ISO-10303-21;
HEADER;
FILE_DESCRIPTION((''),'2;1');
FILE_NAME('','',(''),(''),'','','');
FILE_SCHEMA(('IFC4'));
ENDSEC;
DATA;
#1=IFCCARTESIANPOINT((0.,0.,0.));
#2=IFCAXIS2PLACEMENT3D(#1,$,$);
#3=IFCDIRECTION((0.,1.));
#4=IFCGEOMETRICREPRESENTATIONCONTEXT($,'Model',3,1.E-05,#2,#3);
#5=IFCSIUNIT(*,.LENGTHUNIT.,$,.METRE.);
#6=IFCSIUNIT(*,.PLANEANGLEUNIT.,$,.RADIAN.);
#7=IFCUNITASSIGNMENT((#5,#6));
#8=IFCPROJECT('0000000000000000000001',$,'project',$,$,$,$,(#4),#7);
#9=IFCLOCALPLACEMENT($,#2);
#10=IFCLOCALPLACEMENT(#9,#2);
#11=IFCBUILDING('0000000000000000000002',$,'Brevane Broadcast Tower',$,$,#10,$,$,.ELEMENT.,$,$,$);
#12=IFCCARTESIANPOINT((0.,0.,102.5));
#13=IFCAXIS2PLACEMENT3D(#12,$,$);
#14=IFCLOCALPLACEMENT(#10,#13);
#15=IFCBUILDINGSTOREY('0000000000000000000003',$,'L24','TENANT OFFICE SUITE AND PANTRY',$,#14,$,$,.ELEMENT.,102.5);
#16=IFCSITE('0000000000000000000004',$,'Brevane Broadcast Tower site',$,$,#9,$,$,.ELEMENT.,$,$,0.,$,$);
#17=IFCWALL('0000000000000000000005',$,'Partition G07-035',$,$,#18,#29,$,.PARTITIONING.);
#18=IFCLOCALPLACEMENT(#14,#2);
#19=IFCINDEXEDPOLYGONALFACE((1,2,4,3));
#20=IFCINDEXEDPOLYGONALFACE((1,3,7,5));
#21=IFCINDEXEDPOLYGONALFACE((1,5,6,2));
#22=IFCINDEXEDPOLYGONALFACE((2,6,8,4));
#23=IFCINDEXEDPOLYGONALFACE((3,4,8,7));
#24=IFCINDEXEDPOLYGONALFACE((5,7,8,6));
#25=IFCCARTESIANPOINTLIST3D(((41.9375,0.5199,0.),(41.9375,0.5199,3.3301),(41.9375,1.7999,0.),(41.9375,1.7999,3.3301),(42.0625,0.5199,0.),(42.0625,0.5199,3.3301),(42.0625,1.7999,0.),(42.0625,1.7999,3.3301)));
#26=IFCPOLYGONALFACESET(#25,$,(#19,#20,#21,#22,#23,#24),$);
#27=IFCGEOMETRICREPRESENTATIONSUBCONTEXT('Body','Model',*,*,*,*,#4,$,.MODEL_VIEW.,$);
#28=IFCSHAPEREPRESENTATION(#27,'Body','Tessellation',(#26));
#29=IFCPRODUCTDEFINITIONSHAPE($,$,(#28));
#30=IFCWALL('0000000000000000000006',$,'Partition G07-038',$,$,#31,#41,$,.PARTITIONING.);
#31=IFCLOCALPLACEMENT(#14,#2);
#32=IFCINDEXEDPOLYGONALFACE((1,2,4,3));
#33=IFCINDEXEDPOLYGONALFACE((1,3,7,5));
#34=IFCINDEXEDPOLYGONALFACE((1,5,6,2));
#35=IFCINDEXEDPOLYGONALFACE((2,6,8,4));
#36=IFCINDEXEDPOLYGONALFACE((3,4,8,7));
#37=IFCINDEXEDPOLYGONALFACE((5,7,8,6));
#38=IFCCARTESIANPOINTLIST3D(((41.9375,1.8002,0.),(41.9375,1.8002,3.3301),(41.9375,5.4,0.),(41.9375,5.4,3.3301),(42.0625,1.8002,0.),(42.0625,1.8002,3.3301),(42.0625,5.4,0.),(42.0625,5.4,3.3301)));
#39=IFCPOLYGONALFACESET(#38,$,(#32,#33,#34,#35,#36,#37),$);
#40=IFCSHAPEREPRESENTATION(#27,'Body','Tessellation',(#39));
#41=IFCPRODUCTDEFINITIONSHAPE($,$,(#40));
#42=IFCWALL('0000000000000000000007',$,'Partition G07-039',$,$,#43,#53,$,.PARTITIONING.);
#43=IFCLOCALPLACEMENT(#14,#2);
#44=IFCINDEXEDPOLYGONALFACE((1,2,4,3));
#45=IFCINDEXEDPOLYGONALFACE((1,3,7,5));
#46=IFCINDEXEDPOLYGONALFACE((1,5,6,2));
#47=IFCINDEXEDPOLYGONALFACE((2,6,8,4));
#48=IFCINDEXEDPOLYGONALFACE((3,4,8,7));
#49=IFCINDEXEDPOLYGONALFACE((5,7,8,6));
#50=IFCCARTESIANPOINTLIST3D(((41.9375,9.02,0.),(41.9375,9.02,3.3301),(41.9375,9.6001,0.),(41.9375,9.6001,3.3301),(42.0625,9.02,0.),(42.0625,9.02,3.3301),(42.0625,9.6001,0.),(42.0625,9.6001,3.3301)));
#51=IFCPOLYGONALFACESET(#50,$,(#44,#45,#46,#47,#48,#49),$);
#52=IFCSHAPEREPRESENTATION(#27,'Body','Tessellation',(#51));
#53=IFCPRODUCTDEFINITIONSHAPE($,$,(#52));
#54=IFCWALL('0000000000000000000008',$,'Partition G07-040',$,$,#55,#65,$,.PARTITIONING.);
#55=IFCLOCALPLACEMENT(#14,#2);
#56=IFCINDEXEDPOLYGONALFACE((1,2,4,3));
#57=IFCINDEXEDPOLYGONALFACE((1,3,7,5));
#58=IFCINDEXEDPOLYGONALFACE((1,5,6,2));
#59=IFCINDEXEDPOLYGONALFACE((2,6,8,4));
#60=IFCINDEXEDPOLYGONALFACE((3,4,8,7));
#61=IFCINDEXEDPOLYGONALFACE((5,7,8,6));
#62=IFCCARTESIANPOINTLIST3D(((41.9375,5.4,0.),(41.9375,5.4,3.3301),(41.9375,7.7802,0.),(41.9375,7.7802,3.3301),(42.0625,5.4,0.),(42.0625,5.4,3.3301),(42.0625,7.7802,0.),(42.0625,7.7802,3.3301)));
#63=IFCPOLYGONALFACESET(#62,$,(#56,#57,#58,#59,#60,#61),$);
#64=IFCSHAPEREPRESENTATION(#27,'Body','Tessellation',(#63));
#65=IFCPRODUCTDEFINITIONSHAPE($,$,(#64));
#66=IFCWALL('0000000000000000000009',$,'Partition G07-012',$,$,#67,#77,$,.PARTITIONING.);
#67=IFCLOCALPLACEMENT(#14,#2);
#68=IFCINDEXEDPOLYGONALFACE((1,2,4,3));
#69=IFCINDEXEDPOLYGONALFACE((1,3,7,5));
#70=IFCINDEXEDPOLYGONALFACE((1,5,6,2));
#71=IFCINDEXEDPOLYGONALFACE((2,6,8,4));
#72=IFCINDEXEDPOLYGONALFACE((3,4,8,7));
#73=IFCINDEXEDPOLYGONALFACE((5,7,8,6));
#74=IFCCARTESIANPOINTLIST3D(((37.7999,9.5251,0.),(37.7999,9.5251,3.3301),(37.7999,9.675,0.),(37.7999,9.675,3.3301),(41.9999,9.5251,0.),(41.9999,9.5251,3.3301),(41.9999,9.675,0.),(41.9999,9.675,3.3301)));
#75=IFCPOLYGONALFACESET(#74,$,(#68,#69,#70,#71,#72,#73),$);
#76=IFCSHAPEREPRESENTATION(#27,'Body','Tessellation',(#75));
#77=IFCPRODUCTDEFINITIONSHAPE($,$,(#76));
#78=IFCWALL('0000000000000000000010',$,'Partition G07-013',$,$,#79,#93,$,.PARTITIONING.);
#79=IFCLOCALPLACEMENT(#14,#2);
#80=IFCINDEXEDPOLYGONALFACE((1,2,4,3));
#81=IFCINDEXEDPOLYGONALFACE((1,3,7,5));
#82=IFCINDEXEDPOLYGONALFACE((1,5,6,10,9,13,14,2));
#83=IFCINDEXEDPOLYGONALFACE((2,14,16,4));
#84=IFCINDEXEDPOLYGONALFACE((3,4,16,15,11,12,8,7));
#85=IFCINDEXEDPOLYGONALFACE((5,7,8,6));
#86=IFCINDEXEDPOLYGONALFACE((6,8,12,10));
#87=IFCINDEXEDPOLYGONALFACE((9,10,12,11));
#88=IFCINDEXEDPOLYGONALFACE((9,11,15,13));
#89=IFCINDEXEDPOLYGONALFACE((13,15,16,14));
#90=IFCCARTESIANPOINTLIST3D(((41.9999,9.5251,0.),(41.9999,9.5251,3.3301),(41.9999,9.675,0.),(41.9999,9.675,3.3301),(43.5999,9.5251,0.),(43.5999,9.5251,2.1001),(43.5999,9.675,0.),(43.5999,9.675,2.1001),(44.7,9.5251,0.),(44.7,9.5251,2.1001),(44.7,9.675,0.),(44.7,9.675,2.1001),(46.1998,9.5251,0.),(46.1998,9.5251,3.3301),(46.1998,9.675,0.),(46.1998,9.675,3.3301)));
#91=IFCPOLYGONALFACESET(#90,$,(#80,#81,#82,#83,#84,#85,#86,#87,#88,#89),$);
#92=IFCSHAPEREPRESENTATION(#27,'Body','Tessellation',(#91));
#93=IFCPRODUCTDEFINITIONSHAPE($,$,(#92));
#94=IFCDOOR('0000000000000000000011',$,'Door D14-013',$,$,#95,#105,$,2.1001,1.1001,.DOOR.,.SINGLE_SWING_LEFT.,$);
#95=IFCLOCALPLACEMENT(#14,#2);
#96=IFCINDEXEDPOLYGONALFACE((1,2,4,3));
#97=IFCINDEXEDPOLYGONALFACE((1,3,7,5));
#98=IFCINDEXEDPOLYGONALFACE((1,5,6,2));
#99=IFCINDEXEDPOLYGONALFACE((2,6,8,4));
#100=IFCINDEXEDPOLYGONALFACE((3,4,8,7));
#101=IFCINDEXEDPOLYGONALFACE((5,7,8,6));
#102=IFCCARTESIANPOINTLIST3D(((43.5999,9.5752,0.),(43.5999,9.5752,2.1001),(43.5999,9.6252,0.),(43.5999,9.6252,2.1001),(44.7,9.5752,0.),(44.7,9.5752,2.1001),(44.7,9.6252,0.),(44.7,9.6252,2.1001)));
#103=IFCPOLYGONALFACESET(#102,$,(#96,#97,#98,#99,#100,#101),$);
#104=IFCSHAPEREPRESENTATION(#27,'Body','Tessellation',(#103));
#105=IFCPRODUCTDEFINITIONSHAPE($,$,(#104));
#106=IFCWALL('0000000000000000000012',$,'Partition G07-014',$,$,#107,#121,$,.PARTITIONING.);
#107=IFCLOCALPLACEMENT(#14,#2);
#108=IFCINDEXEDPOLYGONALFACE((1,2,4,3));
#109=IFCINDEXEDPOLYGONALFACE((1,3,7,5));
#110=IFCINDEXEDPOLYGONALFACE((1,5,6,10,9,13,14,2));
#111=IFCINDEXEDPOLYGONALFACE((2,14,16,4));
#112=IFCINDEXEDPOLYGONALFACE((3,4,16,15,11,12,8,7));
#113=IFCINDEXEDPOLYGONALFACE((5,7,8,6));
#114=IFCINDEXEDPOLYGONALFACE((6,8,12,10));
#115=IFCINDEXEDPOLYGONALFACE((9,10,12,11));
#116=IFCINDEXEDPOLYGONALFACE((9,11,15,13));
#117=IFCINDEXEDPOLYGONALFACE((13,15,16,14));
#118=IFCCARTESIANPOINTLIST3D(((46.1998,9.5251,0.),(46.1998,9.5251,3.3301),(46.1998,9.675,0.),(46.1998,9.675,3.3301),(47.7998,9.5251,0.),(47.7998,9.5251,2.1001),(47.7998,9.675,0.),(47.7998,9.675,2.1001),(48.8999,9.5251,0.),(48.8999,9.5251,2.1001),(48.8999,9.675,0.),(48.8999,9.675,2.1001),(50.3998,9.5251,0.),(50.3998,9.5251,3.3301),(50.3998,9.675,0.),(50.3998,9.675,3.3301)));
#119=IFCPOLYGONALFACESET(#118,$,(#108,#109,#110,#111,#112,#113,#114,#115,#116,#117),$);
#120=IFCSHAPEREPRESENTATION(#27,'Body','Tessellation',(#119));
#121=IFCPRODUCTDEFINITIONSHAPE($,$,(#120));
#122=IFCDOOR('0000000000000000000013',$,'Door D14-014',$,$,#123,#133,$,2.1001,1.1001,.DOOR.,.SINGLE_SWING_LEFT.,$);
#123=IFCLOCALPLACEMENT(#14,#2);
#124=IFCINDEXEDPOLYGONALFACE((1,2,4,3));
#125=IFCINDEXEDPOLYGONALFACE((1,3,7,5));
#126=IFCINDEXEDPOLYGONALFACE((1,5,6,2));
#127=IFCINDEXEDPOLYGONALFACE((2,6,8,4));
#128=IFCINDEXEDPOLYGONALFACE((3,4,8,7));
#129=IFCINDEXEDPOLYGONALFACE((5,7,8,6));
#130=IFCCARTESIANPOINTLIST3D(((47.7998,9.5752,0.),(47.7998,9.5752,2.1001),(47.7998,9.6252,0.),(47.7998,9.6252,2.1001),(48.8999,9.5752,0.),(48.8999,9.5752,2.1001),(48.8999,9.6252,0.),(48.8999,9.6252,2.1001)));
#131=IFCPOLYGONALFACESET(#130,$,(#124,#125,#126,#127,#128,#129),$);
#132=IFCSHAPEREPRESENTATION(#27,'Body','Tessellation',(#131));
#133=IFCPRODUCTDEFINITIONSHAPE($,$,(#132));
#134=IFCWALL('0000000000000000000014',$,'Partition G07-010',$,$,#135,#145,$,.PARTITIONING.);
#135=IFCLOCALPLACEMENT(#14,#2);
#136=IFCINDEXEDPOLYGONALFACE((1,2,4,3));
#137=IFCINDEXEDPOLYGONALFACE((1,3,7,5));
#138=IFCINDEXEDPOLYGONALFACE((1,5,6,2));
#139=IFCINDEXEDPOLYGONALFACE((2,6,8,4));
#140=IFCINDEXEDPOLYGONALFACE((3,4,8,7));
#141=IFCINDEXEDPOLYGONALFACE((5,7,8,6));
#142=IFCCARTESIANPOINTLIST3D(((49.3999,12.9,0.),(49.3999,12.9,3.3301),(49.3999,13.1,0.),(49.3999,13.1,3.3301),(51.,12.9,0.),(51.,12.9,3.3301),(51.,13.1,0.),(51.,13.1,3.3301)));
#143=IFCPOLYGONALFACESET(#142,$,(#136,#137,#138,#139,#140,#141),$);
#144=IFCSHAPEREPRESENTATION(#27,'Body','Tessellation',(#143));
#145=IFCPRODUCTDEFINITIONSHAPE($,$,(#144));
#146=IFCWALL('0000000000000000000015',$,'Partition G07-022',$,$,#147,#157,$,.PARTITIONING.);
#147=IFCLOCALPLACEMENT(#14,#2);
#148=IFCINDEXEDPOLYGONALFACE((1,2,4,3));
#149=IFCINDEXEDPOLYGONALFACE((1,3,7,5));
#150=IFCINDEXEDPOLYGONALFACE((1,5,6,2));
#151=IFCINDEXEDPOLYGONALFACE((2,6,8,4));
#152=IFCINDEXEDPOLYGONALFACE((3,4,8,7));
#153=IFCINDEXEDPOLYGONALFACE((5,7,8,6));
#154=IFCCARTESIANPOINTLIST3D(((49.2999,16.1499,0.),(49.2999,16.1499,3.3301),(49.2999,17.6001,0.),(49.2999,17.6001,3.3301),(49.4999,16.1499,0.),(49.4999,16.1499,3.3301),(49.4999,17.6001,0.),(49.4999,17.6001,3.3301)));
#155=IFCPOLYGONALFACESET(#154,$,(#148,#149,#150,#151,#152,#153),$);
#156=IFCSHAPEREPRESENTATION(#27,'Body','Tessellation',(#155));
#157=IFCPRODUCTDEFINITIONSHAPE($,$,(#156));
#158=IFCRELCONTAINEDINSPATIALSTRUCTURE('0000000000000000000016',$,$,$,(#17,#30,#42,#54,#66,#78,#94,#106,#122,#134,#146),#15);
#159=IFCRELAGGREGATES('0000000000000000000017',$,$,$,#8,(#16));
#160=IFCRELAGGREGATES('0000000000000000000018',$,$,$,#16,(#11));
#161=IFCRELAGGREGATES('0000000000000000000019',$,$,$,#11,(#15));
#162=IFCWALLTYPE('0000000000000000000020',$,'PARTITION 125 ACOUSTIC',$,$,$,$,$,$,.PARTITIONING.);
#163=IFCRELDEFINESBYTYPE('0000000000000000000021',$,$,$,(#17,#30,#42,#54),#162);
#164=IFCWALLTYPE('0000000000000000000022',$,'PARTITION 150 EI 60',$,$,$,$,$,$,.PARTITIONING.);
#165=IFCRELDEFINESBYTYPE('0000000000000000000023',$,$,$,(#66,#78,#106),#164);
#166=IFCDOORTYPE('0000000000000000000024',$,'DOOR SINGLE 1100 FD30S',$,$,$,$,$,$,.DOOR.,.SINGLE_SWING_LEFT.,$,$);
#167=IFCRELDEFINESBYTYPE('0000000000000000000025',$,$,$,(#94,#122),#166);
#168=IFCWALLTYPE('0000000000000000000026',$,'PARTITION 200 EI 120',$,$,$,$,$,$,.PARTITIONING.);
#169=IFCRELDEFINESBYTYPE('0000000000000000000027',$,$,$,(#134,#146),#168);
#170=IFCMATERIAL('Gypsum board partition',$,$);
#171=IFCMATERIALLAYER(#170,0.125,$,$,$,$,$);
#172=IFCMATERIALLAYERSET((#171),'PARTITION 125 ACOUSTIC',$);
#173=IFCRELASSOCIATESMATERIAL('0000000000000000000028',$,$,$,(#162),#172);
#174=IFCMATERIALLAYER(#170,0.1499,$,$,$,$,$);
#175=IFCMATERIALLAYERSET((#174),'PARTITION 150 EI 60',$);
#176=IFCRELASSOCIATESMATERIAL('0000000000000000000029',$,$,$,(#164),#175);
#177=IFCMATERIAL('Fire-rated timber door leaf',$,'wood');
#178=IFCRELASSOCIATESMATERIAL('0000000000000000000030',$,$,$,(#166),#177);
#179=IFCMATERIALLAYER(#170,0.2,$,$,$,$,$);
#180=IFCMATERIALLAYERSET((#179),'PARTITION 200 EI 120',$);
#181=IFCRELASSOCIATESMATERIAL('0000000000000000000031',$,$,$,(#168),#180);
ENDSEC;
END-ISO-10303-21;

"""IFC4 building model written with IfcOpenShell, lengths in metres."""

from ifc_helpers import new_model, si_unit, direction, frame, frame_2d, origin, place, context, subcontext, project, spatial, rectangle, extrude, material, layer, layer_set, type_object, element, fill, save


model = new_model("IFC4")

# Units and contexts
model_context = context("Model", 3, precision=1e-05, world=origin(), true_north=direction((0.0, 1.0)))
body_context = subcontext(model_context, "Body", "Model", "MODEL_VIEW")
ifc_project = project(units=[si_unit("LENGTHUNIT", "METRE"), si_unit("PLANEANGLEUNIT", "RADIAN")], contexts=[model_context])

# Site, building, storey
site_placement = place(None, origin())
site = spatial("IfcSite", under=ifc_project, at=site_placement, Name="Brevane Broadcast Tower site", CompositionType="ELEMENT", RefElevation=0.0)
building_placement = place(site_placement, origin())
building = spatial("IfcBuilding", under=site, at=building_placement, Name="Brevane Broadcast Tower", CompositionType="ELEMENT")
storey_placement = place(building_placement, frame((0.0, 0.0, 102.5)))
storey = spatial("IfcBuildingStorey", under=building, at=storey_placement, Name="L24", Description="TENANT OFFICE SUITE AND PANTRY", CompositionType="ELEMENT", Elevation=102.5)

# Walls
ifc_material_1 = material(Name="Gypsum board partition")
ifc_layer_1 = layer(ifc_material_1, 0.125)
ifc_layer_set_1 = layer_set([ifc_layer_1], Name="PARTITION 125 ACOUSTIC")
wall_type_1 = type_object("IfcWallType", Name="PARTITION 125 ACOUSTIC", PredefinedType="PARTITIONING", material=ifc_layer_set_1)
wall_1_placement = place(storey_placement, frame((42.0, 1.8, 0.0), z_axis=(0.0, 0.0, 1.0), x_axis=(0.0, -1.0, 0.0)))
element("IfcWall", 1, at=wall_1_placement, inside=storey, type_object=wall_type_1, Name="Partition G07-035", PredefinedType="PARTITIONING", context=body_context, shape_type="SweptSolid", body=[
    extrude(rectangle(XDim=1.28, YDim=0.125, at=frame_2d((0.6401, 0.0))), origin(), (0.0, 0.0, 1.0), 3.3301),
])
wall_2_placement = place(storey_placement, frame((42.0, 5.3999, 0.0), z_axis=(0.0, 0.0, 1.0), x_axis=(0.0, -1.0, 0.0)))
element("IfcWall", 2, at=wall_2_placement, inside=storey, type_object=wall_type_1, Name="Partition G07-038", PredefinedType="PARTITIONING", context=body_context, shape_type="SweptSolid", body=[
    extrude(rectangle(XDim=3.5999, YDim=0.125, at=frame_2d((1.7998, 0.0))), origin(), (0.0, 0.0, 1.0), 3.3301),
])
wall_3_placement = place(storey_placement, frame((42.0, 9.6001, 0.0), z_axis=(0.0, 0.0, 1.0), x_axis=(0.0, -1.0, 0.0)))
element("IfcWall", 3, at=wall_3_placement, inside=storey, type_object=wall_type_1, Name="Partition G07-039", PredefinedType="PARTITIONING", context=body_context, shape_type="SweptSolid", body=[
    extrude(rectangle(XDim=0.5801, YDim=0.125, at=frame_2d((0.29, 0.0))), origin(), (0.0, 0.0, 1.0), 3.3301),
])
wall_4_placement = place(storey_placement, frame((42.0, 7.78, 0.0), z_axis=(0.0, 0.0, 1.0), x_axis=(0.0, -1.0, 0.0)))
element("IfcWall", 4, at=wall_4_placement, inside=storey, type_object=wall_type_1, Name="Partition G07-040", PredefinedType="PARTITIONING", context=body_context, shape_type="SweptSolid", body=[
    extrude(rectangle(XDim=2.3801, YDim=0.125, at=frame_2d((1.1899, 0.0))), origin(), (0.0, 0.0, 1.0), 3.3301),
])
ifc_layer_2 = layer(ifc_material_1, 0.1499)
ifc_layer_set_2 = layer_set([ifc_layer_2], Name="PARTITION 150 EI 60")
wall_type_2 = type_object("IfcWallType", Name="PARTITION 150 EI 60", PredefinedType="PARTITIONING", material=ifc_layer_set_2)
wall_5_placement = place(storey_placement, frame((42.0, 9.6001, 0.0), z_axis=(0.0, 0.0, 1.0), x_axis=(-1.0, 0.0, 0.0)))
element("IfcWall", 5, at=wall_5_placement, inside=storey, type_object=wall_type_2, Name="Partition G07-012", PredefinedType="PARTITIONING", context=body_context, shape_type="SweptSolid", body=[
    extrude(rectangle(XDim=4.2, YDim=0.1499, at=frame_2d((2.1001, 0.0))), origin(), (0.0, 0.0, 1.0), 3.3301),
])

# Walls, openings, doors
wall_6_placement = place(storey_placement, frame((46.2, 9.6001, 0.0), z_axis=(0.0, 0.0, 1.0), x_axis=(-1.0, 0.0, 0.0)))
wall_6 = element("IfcWall", 6, at=wall_6_placement, inside=storey, type_object=wall_type_2, Name="Partition G07-013", PredefinedType="PARTITIONING", context=body_context, shape_type="SweptSolid", body=[
    extrude(rectangle(XDim=4.2, YDim=0.1499, at=frame_2d((2.1001, 0.0))), origin(), (0.0, 0.0, 1.0), 3.3301),
])
opening_1_placement = place(wall_6_placement, frame((1.5, 0.0, 0.0)))
opening_1 = element("IfcOpeningElement", 7, at=opening_1_placement, cuts=wall_6, PredefinedType="OPENING", context=body_context, shape_type="SweptSolid", body=[
    extrude(rectangle(XDim=1.1001, YDim=2.1001, at=frame_2d((0.55, 1.05))), frame((0.0, 0.085, 0.0), z_axis=(0.0, -1.0, 0.0), x_axis=(1.0, 0.0, 0.0)), (0.0, 0.0, 1.0), 0.1699),
])
ifc_material_2 = material(Name="Fire-rated timber door leaf", Category="wood")
door_type_1 = type_object("IfcDoorType", Name="DOOR SINGLE 1100 FD30S", OperationType="SINGLE_SWING_LEFT", PredefinedType="DOOR", material=ifc_material_2)
door_1_placement = place(opening_1_placement, origin())
door_1 = element("IfcDoor", 8, at=door_1_placement, inside=storey, type_object=door_type_1, Name="Door D14-013", OperationType="SINGLE_SWING_LEFT", OverallHeight=2.1001, OverallWidth=1.1001, PredefinedType="DOOR", context=body_context, shape_type="SweptSolid", body=[
    extrude(rectangle(XDim=1.1001, YDim=2.1001, at=frame_2d((0.55, 1.05))), frame((0.0, 0.0249, 0.0), z_axis=(0.0, -1.0, 0.0), x_axis=(1.0, 0.0, 0.0)), (0.0, 0.0, 1.0), 0.05),
])
fill(opening_1, door_1)
wall_7_placement = place(storey_placement, frame((50.3999, 9.6001, 0.0), z_axis=(0.0, 0.0, 1.0), x_axis=(-1.0, 0.0, 0.0)))
wall_7 = element("IfcWall", 9, at=wall_7_placement, inside=storey, type_object=wall_type_2, Name="Partition G07-014", PredefinedType="PARTITIONING", context=body_context, shape_type="SweptSolid", body=[
    extrude(rectangle(XDim=4.2, YDim=0.1499, at=frame_2d((2.1001, 0.0))), origin(), (0.0, 0.0, 1.0), 3.3301),
])
opening_2_placement = place(wall_7_placement, frame((1.5, 0.0, 0.0)))
opening_2 = element("IfcOpeningElement", 10, at=opening_2_placement, cuts=wall_7, PredefinedType="OPENING", context=body_context, shape_type="SweptSolid", body=[
    extrude(rectangle(XDim=1.1001, YDim=2.1001, at=frame_2d((0.55, 1.05))), frame((0.0, 0.085, 0.0), z_axis=(0.0, -1.0, 0.0), x_axis=(1.0, 0.0, 0.0)), (0.0, 0.0, 1.0), 0.1699),
])
door_2_placement = place(opening_2_placement, origin())
door_2 = element("IfcDoor", 11, at=door_2_placement, inside=storey, type_object=door_type_1, Name="Door D14-014", OperationType="SINGLE_SWING_LEFT", OverallHeight=2.1001, OverallWidth=1.1001, PredefinedType="DOOR", context=body_context, shape_type="SweptSolid", body=[
    extrude(rectangle(XDim=1.1001, YDim=2.1001, at=frame_2d((0.55, 1.05))), frame((0.0, 0.0249, 0.0), z_axis=(0.0, -1.0, 0.0), x_axis=(1.0, 0.0, 0.0)), (0.0, 0.0, 1.0), 0.05),
])
fill(opening_2, door_2)

# Walls
ifc_layer_3 = layer(ifc_material_1, 0.2)
ifc_layer_set_3 = layer_set([ifc_layer_3], Name="PARTITION 200 EI 120")
wall_type_3 = type_object("IfcWallType", Name="PARTITION 200 EI 120", PredefinedType="PARTITIONING", material=ifc_layer_set_3)
wall_8_placement = place(storey_placement, frame((49.3999, 13.0, 0.0), z_axis=(0.0, 0.0, 1.0), x_axis=(1.0, 0.0, 0.0)))
element("IfcWall", 12, at=wall_8_placement, inside=storey, type_object=wall_type_3, Name="Partition G07-010", PredefinedType="PARTITIONING", context=body_context, shape_type="SweptSolid", body=[
    extrude(rectangle(XDim=1.6001, YDim=0.2, at=frame_2d((0.8, 0.0))), origin(), (0.0, 0.0, 1.0), 3.3301),
])
wall_9_placement = place(storey_placement, frame((49.3999, 17.6001, 0.0), z_axis=(0.0, 0.0, 1.0), x_axis=(0.0, -1.0, 0.0)))
element("IfcWall", 13, at=wall_9_placement, inside=storey, type_object=wall_type_3, Name="Partition G07-022", PredefinedType="PARTITIONING", context=body_context, shape_type="SweptSolid", body=[
    extrude(rectangle(XDim=1.4502, YDim=0.2, at=frame_2d((0.7251, 0.0))), origin(), (0.0, 0.0, 1.0), 3.3301),
])

save(model, "model.ifc")
